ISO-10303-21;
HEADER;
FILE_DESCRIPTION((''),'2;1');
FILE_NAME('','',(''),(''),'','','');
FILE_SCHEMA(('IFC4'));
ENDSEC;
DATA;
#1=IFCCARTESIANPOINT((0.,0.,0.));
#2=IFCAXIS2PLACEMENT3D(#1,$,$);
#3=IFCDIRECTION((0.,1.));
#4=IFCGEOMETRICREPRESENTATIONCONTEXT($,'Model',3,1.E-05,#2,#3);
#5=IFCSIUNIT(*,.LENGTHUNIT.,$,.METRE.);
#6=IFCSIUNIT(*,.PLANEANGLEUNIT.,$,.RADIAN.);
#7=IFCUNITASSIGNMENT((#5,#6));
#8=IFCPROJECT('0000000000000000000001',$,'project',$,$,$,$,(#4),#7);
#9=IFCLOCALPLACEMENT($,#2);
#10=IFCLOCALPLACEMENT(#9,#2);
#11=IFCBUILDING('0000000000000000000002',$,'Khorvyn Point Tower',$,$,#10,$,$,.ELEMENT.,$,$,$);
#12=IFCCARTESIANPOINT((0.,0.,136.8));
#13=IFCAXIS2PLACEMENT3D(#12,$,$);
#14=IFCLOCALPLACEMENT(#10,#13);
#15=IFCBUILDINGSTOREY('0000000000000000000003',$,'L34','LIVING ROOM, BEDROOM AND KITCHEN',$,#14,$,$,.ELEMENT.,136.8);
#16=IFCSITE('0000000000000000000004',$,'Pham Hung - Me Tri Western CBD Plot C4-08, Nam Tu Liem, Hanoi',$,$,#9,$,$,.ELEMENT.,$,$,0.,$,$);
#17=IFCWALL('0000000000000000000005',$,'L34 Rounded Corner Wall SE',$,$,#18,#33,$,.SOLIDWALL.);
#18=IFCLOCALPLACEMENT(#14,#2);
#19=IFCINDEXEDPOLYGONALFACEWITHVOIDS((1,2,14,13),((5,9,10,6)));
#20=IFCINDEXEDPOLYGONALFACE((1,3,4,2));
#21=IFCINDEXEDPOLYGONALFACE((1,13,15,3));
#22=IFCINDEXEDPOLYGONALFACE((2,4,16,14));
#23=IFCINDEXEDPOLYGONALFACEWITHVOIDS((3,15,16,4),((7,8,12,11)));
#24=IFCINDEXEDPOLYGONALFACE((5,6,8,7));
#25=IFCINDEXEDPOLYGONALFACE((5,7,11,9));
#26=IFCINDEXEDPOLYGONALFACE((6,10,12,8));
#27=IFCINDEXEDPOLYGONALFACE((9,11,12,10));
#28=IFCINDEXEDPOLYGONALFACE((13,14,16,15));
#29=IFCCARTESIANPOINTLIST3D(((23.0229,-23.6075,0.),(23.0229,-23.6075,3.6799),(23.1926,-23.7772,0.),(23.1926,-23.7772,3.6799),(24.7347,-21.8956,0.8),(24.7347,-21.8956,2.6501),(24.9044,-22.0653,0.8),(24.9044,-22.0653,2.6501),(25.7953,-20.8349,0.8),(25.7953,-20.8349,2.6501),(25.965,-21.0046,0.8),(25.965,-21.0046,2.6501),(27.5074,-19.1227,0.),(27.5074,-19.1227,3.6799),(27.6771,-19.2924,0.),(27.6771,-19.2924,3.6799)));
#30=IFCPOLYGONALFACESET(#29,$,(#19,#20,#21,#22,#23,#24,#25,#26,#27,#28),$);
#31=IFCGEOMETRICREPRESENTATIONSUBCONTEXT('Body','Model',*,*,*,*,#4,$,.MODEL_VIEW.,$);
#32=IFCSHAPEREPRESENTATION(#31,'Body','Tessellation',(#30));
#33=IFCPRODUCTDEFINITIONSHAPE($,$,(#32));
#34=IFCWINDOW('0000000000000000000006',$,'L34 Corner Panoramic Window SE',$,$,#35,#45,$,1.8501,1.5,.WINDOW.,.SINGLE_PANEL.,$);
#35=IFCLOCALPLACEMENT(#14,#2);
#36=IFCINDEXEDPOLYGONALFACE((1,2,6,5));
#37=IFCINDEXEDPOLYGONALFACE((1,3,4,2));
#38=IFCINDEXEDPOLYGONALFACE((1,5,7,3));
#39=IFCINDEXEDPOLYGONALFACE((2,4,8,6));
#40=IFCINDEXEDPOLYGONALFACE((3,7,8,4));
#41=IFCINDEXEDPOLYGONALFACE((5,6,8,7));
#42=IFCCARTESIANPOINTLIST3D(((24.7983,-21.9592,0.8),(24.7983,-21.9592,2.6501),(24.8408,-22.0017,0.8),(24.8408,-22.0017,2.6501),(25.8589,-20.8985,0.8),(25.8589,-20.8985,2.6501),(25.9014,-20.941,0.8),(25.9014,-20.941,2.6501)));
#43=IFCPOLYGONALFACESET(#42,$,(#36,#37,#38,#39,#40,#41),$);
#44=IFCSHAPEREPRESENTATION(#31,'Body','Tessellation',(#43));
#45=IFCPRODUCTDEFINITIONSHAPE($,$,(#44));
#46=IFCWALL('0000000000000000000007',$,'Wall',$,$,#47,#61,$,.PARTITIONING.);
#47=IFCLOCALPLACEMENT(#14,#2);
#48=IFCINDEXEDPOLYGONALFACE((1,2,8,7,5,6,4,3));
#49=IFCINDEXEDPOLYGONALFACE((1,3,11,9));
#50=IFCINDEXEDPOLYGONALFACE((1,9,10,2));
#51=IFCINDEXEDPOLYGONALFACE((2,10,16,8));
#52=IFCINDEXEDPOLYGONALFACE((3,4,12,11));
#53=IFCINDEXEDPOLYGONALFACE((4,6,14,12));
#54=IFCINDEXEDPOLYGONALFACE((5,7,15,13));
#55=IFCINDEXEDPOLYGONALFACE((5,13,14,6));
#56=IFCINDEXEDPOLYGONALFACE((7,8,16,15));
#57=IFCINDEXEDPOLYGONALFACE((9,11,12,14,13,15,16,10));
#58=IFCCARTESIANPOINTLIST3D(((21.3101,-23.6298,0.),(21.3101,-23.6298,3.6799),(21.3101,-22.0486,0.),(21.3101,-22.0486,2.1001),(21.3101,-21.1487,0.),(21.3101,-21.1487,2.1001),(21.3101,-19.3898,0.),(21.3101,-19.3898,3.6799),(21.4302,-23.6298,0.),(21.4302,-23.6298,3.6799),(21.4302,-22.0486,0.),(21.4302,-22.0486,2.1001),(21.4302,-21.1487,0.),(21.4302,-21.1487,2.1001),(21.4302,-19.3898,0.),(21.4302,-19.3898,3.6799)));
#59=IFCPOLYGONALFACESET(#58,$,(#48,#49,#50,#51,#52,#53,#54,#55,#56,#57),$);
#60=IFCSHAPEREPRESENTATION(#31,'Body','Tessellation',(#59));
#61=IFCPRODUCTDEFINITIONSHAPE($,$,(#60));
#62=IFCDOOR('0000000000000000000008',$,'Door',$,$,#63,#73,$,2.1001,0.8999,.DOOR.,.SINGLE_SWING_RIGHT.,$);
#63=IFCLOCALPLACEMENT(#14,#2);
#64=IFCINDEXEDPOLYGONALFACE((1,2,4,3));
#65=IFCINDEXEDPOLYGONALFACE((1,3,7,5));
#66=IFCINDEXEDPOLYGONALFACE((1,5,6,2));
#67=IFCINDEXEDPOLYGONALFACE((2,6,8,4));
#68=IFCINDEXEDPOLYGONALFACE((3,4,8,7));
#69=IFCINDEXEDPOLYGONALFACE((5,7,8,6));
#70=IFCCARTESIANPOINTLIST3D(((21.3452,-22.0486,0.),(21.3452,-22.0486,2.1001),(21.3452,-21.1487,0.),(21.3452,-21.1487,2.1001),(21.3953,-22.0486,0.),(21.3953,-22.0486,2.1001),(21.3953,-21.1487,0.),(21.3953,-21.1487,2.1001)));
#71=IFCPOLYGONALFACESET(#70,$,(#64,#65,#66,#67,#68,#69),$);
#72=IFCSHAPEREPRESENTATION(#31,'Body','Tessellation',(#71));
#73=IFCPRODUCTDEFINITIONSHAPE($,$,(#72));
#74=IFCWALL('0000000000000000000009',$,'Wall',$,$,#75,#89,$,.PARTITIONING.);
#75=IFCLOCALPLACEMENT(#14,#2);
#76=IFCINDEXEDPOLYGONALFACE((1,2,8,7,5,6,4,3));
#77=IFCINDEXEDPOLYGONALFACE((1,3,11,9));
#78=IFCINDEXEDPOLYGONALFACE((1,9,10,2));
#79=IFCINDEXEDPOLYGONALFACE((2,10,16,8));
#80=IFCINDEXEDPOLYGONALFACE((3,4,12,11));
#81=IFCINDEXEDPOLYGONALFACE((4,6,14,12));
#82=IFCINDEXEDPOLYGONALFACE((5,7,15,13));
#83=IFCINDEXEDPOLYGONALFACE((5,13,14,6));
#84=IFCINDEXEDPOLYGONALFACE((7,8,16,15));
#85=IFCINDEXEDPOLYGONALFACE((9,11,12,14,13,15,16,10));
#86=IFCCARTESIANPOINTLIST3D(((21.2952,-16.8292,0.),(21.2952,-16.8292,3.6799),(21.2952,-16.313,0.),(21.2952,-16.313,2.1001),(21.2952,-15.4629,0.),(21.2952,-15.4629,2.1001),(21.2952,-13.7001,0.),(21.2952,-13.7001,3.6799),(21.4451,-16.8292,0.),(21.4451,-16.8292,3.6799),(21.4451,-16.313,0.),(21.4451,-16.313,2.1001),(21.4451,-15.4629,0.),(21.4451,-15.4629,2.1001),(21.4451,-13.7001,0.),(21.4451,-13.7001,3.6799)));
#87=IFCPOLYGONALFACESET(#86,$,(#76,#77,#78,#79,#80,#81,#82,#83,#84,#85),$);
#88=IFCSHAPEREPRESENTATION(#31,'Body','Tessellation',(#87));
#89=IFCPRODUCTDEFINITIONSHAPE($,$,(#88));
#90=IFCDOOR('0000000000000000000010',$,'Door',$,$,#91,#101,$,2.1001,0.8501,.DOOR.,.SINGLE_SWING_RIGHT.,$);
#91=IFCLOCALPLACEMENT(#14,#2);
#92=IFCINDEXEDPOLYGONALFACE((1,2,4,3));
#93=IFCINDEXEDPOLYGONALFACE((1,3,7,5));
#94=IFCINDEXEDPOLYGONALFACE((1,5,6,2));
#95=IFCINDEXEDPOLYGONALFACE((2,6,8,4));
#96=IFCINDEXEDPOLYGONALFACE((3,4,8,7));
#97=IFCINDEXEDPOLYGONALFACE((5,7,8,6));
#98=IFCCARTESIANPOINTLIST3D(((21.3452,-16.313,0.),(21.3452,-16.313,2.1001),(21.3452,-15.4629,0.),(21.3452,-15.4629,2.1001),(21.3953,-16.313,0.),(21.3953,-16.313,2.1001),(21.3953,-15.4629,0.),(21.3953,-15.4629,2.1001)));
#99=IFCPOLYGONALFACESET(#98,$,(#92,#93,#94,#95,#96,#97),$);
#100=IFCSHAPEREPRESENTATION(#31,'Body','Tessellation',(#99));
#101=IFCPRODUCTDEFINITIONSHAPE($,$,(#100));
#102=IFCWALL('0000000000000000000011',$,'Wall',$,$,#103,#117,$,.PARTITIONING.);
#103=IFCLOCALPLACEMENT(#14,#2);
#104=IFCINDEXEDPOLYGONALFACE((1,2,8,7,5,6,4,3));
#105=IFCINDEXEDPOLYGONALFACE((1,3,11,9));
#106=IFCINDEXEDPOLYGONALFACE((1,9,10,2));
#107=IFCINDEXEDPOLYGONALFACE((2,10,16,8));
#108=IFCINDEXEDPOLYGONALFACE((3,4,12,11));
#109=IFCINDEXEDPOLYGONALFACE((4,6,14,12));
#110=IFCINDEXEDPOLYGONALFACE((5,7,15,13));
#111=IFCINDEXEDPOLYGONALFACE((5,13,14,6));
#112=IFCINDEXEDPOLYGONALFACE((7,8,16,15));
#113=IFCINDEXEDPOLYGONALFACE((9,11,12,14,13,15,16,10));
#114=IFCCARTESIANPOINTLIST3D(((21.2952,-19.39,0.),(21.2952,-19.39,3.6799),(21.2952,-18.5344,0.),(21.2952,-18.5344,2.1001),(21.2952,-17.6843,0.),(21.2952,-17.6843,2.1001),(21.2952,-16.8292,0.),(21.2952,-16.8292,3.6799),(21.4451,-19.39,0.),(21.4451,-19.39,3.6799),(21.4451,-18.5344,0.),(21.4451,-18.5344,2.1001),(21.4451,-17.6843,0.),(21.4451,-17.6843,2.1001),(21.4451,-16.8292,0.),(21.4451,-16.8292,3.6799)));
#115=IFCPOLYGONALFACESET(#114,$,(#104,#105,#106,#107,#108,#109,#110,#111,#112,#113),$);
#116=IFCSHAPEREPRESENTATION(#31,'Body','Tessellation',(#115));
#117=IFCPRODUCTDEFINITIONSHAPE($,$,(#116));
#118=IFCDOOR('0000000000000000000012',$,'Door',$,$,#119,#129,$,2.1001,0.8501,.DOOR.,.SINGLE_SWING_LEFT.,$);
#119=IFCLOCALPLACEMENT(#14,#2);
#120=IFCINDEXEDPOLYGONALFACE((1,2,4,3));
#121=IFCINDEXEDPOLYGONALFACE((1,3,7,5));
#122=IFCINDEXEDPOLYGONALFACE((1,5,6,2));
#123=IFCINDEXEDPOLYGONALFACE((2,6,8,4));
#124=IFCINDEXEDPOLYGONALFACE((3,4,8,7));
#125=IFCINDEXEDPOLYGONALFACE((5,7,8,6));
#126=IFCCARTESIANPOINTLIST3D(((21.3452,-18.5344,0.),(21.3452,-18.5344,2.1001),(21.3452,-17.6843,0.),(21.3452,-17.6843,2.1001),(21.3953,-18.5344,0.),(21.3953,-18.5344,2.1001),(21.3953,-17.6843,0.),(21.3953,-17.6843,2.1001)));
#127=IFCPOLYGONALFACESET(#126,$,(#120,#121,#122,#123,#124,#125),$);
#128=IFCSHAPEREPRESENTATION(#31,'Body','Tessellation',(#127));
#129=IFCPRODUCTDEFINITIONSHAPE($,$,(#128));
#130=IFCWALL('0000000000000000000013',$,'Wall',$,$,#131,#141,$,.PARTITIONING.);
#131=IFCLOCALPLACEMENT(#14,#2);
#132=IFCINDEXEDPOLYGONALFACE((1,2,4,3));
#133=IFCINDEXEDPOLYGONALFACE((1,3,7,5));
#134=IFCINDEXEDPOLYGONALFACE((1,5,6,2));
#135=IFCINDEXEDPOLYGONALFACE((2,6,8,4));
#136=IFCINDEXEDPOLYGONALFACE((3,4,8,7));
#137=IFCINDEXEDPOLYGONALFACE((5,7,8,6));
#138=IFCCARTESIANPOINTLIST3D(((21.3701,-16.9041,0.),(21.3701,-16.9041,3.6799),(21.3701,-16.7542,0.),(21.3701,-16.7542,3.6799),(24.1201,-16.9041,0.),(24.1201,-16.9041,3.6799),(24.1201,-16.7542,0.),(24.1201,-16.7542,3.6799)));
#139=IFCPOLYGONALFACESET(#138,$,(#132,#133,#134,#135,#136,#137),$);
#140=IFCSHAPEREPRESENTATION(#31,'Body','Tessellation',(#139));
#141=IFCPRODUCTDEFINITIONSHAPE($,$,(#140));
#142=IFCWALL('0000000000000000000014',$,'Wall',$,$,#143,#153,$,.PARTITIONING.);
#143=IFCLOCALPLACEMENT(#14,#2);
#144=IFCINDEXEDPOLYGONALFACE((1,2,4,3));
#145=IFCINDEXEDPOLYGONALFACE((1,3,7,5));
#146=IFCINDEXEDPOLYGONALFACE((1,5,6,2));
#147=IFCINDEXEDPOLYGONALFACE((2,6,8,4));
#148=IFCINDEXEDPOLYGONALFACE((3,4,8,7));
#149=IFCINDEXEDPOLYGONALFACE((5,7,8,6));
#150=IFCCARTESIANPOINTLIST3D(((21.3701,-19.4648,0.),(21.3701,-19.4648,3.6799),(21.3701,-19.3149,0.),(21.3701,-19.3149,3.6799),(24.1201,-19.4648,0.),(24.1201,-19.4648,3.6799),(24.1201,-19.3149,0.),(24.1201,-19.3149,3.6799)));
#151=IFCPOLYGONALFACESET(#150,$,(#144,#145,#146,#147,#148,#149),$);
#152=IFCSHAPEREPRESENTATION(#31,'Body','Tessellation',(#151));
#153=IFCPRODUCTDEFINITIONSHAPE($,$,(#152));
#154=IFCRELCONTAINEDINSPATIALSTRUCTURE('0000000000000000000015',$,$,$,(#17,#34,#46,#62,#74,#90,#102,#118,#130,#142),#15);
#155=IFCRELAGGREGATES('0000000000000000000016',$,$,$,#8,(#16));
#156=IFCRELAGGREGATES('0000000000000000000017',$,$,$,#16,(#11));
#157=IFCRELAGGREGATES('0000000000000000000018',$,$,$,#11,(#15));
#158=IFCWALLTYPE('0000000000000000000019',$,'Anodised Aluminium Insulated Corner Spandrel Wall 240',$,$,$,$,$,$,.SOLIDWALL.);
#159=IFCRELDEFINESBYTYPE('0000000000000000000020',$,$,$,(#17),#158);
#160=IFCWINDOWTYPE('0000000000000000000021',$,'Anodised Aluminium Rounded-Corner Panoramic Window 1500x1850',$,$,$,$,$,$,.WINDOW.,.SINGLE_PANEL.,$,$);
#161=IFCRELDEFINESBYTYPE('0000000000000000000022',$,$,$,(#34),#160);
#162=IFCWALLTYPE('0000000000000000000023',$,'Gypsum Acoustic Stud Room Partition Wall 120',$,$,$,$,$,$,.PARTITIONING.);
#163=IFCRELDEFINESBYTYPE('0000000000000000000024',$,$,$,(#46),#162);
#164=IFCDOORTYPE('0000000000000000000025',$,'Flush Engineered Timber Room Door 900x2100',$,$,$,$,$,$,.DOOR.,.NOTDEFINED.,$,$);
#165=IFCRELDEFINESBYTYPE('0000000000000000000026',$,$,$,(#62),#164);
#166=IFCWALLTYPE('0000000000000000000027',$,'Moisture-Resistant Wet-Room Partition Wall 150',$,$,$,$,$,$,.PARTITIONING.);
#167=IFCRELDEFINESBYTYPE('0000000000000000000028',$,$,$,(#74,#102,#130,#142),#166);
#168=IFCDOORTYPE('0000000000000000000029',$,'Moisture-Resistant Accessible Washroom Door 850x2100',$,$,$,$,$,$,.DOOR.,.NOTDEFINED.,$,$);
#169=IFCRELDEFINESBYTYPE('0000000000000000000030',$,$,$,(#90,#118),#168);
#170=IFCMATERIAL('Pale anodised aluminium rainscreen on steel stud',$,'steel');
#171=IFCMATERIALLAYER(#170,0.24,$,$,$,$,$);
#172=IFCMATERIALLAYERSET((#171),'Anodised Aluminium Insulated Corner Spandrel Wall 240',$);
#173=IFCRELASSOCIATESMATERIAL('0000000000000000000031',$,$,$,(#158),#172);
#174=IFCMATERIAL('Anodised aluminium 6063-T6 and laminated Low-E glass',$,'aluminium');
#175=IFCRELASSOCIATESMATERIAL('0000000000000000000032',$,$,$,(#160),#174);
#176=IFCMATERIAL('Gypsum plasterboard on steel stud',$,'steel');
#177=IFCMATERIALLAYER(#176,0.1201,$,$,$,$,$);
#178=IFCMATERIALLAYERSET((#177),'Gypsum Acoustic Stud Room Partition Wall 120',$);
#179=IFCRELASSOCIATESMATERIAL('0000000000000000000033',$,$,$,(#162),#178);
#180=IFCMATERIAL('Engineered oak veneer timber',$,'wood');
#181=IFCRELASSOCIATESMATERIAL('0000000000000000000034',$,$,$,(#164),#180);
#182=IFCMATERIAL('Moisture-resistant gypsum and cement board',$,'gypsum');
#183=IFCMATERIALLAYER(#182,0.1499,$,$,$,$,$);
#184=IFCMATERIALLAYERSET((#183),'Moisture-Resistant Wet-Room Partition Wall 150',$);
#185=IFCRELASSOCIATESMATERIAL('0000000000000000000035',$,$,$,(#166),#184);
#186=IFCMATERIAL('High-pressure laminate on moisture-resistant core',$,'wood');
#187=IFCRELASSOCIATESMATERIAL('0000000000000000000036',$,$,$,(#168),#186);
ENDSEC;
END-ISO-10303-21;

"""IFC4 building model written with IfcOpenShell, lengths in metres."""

from ifc_helpers import new_model, si_unit, direction, frame, frame_2d, origin, place, context, subcontext, project, spatial, rectangle, extrude, material, layer, layer_set, type_object, element, fill, save


model = new_model("IFC4")

# Units and contexts
model_context = context("Model", 3, precision=1e-05, world=origin(), true_north=direction((0.0, 1.0)))
body_context = subcontext(model_context, "Body", "Model", "MODEL_VIEW")
ifc_project = project(units=[si_unit("LENGTHUNIT", "METRE"), si_unit("PLANEANGLEUNIT", "RADIAN")], contexts=[model_context])

# Site, building, storey
site_placement = place(None, origin())
site = spatial("IfcSite", under=ifc_project, at=site_placement, Name="Pham Hung - Me Tri Western CBD Plot C4-08, Nam Tu Liem, Hanoi", CompositionType="ELEMENT", RefElevation=0.0)
building_placement = place(site_placement, origin())
building = spatial("IfcBuilding", under=site, at=building_placement, Name="Khorvyn Point Tower", CompositionType="ELEMENT")
storey_placement = place(building_placement, frame((0.0, 0.0, 136.8)))
storey = spatial("IfcBuildingStorey", under=building, at=storey_placement, Name="L34", Description="LIVING ROOM, BEDROOM AND KITCHEN", CompositionType="ELEMENT", Elevation=136.8)

# Shared definitions
ifc_material_1 = material(Name="Anodised aluminium 6063-T6 and laminated Low-E glass", Category="aluminium")

# Wall, opening, window
ifc_material_2 = material(Name="Pale anodised aluminium rainscreen on steel stud", Category="steel")
ifc_layer_1 = layer(ifc_material_2, 0.24)
ifc_layer_set_1 = layer_set([ifc_layer_1], Name="Anodised Aluminium Insulated Corner Spandrel Wall 240")
wall_type_1 = type_object("IfcWallType", Name="Anodised Aluminium Insulated Corner Spandrel Wall 240", PredefinedType="SOLIDWALL", material=ifc_layer_set_1)
wall_1_placement = place(storey_placement, frame((27.5923, -19.2075, 0.0), z_axis=(0.0, 0.0, 1.0), x_axis=(-0.707088, -0.707126, 0.0)))
wall_1 = element("IfcWall", 1, at=wall_1_placement, inside=storey, type_object=wall_type_1, Name="L34 Rounded Corner Wall SE", PredefinedType="SOLIDWALL", context=body_context, shape_type="SweptSolid", body=[
    extrude(rectangle(XDim=6.3423, YDim=0.24, at=frame_2d((3.1711, 0.0))), origin(), (0.0, 0.0, 1.0), 3.6799),
])
opening_1_placement = place(wall_1_placement, frame((2.4214, 0.0, 0.8)))
opening_1 = element("IfcOpeningElement", 2, at=opening_1_placement, cuts=wall_1, PredefinedType="OPENING", context=body_context, shape_type="SweptSolid", body=[
    extrude(rectangle(XDim=1.5, YDim=1.8501, at=frame_2d((0.75, 0.925))), frame((0.0, 0.1299, 0.0), z_axis=(0.0, -1.0, 0.0), x_axis=(1.0, 0.0, 0.0)), (0.0, 0.0, 1.0), 0.26),
])
window_type = type_object("IfcWindowType", Name="Anodised Aluminium Rounded-Corner Panoramic Window 1500x1850", PartitioningType="SINGLE_PANEL", PredefinedType="WINDOW", material=ifc_material_1)
window_placement = place(opening_1_placement, origin())
window = element("IfcWindow", 3, at=window_placement, inside=storey, type_object=window_type, Name="L34 Corner Panoramic Window SE", OverallHeight=1.8501, OverallWidth=1.5, PartitioningType="SINGLE_PANEL", PredefinedType="WINDOW", context=body_context, shape_type="SweptSolid", body=[
    extrude(rectangle(XDim=1.5, YDim=1.8501, at=frame_2d((0.75, 0.925))), frame((0.0, 0.03, 0.0), z_axis=(0.0, -1.0, 0.0), x_axis=(1.0, 0.0, 0.0)), (0.0, 0.0, 1.0), 0.0601),
])
fill(opening_1, window)

# Walls, openings, doors
ifc_material_3 = material(Name="Gypsum plasterboard on steel stud", Category="steel")
ifc_layer_2 = layer(ifc_material_3, 0.1201)
ifc_layer_set_2 = layer_set([ifc_layer_2], Name="Gypsum Acoustic Stud Room Partition Wall 120")
wall_type_2 = type_object("IfcWallType", Name="Gypsum Acoustic Stud Room Partition Wall 120", PredefinedType="PARTITIONING", material=ifc_layer_set_2)
wall_2_placement = place(storey_placement, frame((21.3701, -23.6299, 0.0), z_axis=(0.0, 0.0, 1.0), x_axis=(0.0, 1.0, 0.0)))
wall_2 = element("IfcWall", 4, at=wall_2_placement, inside=storey, type_object=wall_type_2, Name="Wall", PredefinedType="PARTITIONING", context=body_context, shape_type="SweptSolid", body=[
    extrude(rectangle(XDim=4.24, YDim=0.1201, at=frame_2d((2.1201, 0.0))), origin(), (0.0, 0.0, 1.0), 3.6799),
])
opening_2_placement = place(wall_2_placement, frame((1.5813, 0.0, 0.0)))
opening_2 = element("IfcOpeningElement", 5, at=opening_2_placement, cuts=wall_2, PredefinedType="OPENING", context=body_context, shape_type="SweptSolid", body=[
    extrude(rectangle(XDim=0.8999, YDim=2.1001, at=frame_2d((0.45, 1.05))), frame((0.0, 0.0701, 0.0), z_axis=(0.0, -1.0, 0.0), x_axis=(1.0, 0.0, 0.0)), (0.0, 0.0, 1.0), 0.1401),
])
ifc_material_4 = material(Name="Engineered oak veneer timber", Category="wood")
door_type_1 = type_object("IfcDoorType", Name="Flush Engineered Timber Room Door 900x2100", OperationType="NOTDEFINED", PredefinedType="DOOR", material=ifc_material_4)
door_1_placement = place(opening_2_placement, origin())
door_1 = element("IfcDoor", 6, at=door_1_placement, inside=storey, type_object=door_type_1, Name="Door", OperationType="SINGLE_SWING_RIGHT", OverallHeight=2.1001, OverallWidth=0.8999, PredefinedType="DOOR", context=body_context, shape_type="SweptSolid", body=[
    extrude(rectangle(XDim=0.8999, YDim=2.1001, at=frame_2d((0.45, 1.05))), frame((0.0, 0.0249, 0.0), z_axis=(0.0, -1.0, 0.0), x_axis=(1.0, 0.0, 0.0)), (0.0, 0.0, 1.0), 0.05),
])
fill(opening_2, door_1)
ifc_material_5 = material(Name="Moisture-resistant gypsum and cement board", Category="gypsum")
ifc_layer_3 = layer(ifc_material_5, 0.1499)
ifc_layer_set_3 = layer_set([ifc_layer_3], Name="Moisture-Resistant Wet-Room Partition Wall 150")
wall_type_3 = type_object("IfcWallType", Name="Moisture-Resistant Wet-Room Partition Wall 150", PredefinedType="PARTITIONING", material=ifc_layer_set_3)
wall_3_placement = place(storey_placement, frame((21.3701, -16.8291, 0.0), z_axis=(0.0, 0.0, 1.0), x_axis=(0.0, 1.0, 0.0)))
wall_3 = element("IfcWall", 7, at=wall_3_placement, inside=storey, type_object=wall_type_3, Name="Wall", PredefinedType="PARTITIONING", context=body_context, shape_type="SweptSolid", body=[
    extrude(rectangle(XDim=3.1292, YDim=0.1499, at=frame_2d((1.5645, 0.0))), origin(), (0.0, 0.0, 1.0), 3.6799),
])
opening_3_placement = place(wall_3_placement, frame((0.5161, 0.0, 0.0)))
opening_3 = element("IfcOpeningElement", 8, at=opening_3_placement, cuts=wall_3, PredefinedType="OPENING", context=body_context, shape_type="SweptSolid", body=[
    extrude(rectangle(XDim=0.8501, YDim=2.1001, at=frame_2d((0.425, 1.05))), frame((0.0, 0.085, 0.0), z_axis=(0.0, -1.0, 0.0), x_axis=(1.0, 0.0, 0.0)), (0.0, 0.0, 1.0), 0.1699),
])
ifc_material_6 = material(Name="High-pressure laminate on moisture-resistant core", Category="wood")
door_type_2 = type_object("IfcDoorType", Name="Moisture-Resistant Accessible Washroom Door 850x2100", OperationType="NOTDEFINED", PredefinedType="DOOR", material=ifc_material_6)
door_2_placement = place(opening_3_placement, origin())
door_2 = element("IfcDoor", 9, at=door_2_placement, inside=storey, type_object=door_type_2, Name="Door", OperationType="SINGLE_SWING_RIGHT", OverallHeight=2.1001, OverallWidth=0.8501, PredefinedType="DOOR", context=body_context, shape_type="SweptSolid", body=[
    extrude(rectangle(XDim=0.8501, YDim=2.1001, at=frame_2d((0.425, 1.05))), frame((0.0, 0.0249, 0.0), z_axis=(0.0, -1.0, 0.0), x_axis=(1.0, 0.0, 0.0)), (0.0, 0.0, 1.0), 0.05),
])
fill(opening_3, door_2)
wall_4_placement = place(storey_placement, frame((21.3701, -19.3899, 0.0), z_axis=(0.0, 0.0, 1.0), x_axis=(0.0, 1.0, 0.0)))
wall_4 = element("IfcWall", 10, at=wall_4_placement, inside=storey, type_object=wall_type_3, Name="Wall", PredefinedType="PARTITIONING", context=body_context, shape_type="SweptSolid", body=[
    extrude(rectangle(XDim=2.5608, YDim=0.1499, at=frame_2d((1.2803, 0.0))), origin(), (0.0, 0.0, 1.0), 3.6799),
])
opening_4_placement = place(wall_4_placement, frame((0.8555, 0.0, 0.0)))
opening_4 = element("IfcOpeningElement", 11, at=opening_4_placement, cuts=wall_4, PredefinedType="OPENING", context=body_context, shape_type="SweptSolid", body=[
    extrude(rectangle(XDim=0.8501, YDim=2.1001, at=frame_2d((0.425, 1.05))), frame((0.0, 0.085, 0.0), z_axis=(0.0, -1.0, 0.0), x_axis=(1.0, 0.0, 0.0)), (0.0, 0.0, 1.0), 0.1699),
])
door_3_placement = place(opening_4_placement, origin())
door_3 = element("IfcDoor", 12, at=door_3_placement, inside=storey, type_object=door_type_2, Name="Door", OperationType="SINGLE_SWING_LEFT", OverallHeight=2.1001, OverallWidth=0.8501, PredefinedType="DOOR", context=body_context, shape_type="SweptSolid", body=[
    extrude(rectangle(XDim=0.8501, YDim=2.1001, at=frame_2d((0.425, 1.05))), frame((0.0, 0.0249, 0.0), z_axis=(0.0, -1.0, 0.0), x_axis=(1.0, 0.0, 0.0)), (0.0, 0.0, 1.0), 0.05),
])
fill(opening_4, door_3)

# Walls
for number, where, z_axis, x_axis, name in (
    (13, (21.3701, -16.8291, 0.0), (0.0, 0.0, 1.0), (1.0, 0.0, 0.0), "Wall"),
    (14, (21.3701, -19.3899, 0.0), (0.0, 0.0, 1.0), (1.0, 0.0, 0.0), "Wall"),
):
    element("IfcWall", number, at=place(storey_placement, frame(where, z_axis=z_axis, x_axis=x_axis)), inside=storey, type_object=wall_type_3, Name=name, PredefinedType="PARTITIONING", context=body_context, shape_type="SweptSolid", body=[
        extrude(rectangle(XDim=2.75, YDim=0.1499, at=frame_2d((1.375, 0.0))), origin(), (0.0, 0.0, 1.0), 3.6799),
    ])

save(model, "model.ifc")
